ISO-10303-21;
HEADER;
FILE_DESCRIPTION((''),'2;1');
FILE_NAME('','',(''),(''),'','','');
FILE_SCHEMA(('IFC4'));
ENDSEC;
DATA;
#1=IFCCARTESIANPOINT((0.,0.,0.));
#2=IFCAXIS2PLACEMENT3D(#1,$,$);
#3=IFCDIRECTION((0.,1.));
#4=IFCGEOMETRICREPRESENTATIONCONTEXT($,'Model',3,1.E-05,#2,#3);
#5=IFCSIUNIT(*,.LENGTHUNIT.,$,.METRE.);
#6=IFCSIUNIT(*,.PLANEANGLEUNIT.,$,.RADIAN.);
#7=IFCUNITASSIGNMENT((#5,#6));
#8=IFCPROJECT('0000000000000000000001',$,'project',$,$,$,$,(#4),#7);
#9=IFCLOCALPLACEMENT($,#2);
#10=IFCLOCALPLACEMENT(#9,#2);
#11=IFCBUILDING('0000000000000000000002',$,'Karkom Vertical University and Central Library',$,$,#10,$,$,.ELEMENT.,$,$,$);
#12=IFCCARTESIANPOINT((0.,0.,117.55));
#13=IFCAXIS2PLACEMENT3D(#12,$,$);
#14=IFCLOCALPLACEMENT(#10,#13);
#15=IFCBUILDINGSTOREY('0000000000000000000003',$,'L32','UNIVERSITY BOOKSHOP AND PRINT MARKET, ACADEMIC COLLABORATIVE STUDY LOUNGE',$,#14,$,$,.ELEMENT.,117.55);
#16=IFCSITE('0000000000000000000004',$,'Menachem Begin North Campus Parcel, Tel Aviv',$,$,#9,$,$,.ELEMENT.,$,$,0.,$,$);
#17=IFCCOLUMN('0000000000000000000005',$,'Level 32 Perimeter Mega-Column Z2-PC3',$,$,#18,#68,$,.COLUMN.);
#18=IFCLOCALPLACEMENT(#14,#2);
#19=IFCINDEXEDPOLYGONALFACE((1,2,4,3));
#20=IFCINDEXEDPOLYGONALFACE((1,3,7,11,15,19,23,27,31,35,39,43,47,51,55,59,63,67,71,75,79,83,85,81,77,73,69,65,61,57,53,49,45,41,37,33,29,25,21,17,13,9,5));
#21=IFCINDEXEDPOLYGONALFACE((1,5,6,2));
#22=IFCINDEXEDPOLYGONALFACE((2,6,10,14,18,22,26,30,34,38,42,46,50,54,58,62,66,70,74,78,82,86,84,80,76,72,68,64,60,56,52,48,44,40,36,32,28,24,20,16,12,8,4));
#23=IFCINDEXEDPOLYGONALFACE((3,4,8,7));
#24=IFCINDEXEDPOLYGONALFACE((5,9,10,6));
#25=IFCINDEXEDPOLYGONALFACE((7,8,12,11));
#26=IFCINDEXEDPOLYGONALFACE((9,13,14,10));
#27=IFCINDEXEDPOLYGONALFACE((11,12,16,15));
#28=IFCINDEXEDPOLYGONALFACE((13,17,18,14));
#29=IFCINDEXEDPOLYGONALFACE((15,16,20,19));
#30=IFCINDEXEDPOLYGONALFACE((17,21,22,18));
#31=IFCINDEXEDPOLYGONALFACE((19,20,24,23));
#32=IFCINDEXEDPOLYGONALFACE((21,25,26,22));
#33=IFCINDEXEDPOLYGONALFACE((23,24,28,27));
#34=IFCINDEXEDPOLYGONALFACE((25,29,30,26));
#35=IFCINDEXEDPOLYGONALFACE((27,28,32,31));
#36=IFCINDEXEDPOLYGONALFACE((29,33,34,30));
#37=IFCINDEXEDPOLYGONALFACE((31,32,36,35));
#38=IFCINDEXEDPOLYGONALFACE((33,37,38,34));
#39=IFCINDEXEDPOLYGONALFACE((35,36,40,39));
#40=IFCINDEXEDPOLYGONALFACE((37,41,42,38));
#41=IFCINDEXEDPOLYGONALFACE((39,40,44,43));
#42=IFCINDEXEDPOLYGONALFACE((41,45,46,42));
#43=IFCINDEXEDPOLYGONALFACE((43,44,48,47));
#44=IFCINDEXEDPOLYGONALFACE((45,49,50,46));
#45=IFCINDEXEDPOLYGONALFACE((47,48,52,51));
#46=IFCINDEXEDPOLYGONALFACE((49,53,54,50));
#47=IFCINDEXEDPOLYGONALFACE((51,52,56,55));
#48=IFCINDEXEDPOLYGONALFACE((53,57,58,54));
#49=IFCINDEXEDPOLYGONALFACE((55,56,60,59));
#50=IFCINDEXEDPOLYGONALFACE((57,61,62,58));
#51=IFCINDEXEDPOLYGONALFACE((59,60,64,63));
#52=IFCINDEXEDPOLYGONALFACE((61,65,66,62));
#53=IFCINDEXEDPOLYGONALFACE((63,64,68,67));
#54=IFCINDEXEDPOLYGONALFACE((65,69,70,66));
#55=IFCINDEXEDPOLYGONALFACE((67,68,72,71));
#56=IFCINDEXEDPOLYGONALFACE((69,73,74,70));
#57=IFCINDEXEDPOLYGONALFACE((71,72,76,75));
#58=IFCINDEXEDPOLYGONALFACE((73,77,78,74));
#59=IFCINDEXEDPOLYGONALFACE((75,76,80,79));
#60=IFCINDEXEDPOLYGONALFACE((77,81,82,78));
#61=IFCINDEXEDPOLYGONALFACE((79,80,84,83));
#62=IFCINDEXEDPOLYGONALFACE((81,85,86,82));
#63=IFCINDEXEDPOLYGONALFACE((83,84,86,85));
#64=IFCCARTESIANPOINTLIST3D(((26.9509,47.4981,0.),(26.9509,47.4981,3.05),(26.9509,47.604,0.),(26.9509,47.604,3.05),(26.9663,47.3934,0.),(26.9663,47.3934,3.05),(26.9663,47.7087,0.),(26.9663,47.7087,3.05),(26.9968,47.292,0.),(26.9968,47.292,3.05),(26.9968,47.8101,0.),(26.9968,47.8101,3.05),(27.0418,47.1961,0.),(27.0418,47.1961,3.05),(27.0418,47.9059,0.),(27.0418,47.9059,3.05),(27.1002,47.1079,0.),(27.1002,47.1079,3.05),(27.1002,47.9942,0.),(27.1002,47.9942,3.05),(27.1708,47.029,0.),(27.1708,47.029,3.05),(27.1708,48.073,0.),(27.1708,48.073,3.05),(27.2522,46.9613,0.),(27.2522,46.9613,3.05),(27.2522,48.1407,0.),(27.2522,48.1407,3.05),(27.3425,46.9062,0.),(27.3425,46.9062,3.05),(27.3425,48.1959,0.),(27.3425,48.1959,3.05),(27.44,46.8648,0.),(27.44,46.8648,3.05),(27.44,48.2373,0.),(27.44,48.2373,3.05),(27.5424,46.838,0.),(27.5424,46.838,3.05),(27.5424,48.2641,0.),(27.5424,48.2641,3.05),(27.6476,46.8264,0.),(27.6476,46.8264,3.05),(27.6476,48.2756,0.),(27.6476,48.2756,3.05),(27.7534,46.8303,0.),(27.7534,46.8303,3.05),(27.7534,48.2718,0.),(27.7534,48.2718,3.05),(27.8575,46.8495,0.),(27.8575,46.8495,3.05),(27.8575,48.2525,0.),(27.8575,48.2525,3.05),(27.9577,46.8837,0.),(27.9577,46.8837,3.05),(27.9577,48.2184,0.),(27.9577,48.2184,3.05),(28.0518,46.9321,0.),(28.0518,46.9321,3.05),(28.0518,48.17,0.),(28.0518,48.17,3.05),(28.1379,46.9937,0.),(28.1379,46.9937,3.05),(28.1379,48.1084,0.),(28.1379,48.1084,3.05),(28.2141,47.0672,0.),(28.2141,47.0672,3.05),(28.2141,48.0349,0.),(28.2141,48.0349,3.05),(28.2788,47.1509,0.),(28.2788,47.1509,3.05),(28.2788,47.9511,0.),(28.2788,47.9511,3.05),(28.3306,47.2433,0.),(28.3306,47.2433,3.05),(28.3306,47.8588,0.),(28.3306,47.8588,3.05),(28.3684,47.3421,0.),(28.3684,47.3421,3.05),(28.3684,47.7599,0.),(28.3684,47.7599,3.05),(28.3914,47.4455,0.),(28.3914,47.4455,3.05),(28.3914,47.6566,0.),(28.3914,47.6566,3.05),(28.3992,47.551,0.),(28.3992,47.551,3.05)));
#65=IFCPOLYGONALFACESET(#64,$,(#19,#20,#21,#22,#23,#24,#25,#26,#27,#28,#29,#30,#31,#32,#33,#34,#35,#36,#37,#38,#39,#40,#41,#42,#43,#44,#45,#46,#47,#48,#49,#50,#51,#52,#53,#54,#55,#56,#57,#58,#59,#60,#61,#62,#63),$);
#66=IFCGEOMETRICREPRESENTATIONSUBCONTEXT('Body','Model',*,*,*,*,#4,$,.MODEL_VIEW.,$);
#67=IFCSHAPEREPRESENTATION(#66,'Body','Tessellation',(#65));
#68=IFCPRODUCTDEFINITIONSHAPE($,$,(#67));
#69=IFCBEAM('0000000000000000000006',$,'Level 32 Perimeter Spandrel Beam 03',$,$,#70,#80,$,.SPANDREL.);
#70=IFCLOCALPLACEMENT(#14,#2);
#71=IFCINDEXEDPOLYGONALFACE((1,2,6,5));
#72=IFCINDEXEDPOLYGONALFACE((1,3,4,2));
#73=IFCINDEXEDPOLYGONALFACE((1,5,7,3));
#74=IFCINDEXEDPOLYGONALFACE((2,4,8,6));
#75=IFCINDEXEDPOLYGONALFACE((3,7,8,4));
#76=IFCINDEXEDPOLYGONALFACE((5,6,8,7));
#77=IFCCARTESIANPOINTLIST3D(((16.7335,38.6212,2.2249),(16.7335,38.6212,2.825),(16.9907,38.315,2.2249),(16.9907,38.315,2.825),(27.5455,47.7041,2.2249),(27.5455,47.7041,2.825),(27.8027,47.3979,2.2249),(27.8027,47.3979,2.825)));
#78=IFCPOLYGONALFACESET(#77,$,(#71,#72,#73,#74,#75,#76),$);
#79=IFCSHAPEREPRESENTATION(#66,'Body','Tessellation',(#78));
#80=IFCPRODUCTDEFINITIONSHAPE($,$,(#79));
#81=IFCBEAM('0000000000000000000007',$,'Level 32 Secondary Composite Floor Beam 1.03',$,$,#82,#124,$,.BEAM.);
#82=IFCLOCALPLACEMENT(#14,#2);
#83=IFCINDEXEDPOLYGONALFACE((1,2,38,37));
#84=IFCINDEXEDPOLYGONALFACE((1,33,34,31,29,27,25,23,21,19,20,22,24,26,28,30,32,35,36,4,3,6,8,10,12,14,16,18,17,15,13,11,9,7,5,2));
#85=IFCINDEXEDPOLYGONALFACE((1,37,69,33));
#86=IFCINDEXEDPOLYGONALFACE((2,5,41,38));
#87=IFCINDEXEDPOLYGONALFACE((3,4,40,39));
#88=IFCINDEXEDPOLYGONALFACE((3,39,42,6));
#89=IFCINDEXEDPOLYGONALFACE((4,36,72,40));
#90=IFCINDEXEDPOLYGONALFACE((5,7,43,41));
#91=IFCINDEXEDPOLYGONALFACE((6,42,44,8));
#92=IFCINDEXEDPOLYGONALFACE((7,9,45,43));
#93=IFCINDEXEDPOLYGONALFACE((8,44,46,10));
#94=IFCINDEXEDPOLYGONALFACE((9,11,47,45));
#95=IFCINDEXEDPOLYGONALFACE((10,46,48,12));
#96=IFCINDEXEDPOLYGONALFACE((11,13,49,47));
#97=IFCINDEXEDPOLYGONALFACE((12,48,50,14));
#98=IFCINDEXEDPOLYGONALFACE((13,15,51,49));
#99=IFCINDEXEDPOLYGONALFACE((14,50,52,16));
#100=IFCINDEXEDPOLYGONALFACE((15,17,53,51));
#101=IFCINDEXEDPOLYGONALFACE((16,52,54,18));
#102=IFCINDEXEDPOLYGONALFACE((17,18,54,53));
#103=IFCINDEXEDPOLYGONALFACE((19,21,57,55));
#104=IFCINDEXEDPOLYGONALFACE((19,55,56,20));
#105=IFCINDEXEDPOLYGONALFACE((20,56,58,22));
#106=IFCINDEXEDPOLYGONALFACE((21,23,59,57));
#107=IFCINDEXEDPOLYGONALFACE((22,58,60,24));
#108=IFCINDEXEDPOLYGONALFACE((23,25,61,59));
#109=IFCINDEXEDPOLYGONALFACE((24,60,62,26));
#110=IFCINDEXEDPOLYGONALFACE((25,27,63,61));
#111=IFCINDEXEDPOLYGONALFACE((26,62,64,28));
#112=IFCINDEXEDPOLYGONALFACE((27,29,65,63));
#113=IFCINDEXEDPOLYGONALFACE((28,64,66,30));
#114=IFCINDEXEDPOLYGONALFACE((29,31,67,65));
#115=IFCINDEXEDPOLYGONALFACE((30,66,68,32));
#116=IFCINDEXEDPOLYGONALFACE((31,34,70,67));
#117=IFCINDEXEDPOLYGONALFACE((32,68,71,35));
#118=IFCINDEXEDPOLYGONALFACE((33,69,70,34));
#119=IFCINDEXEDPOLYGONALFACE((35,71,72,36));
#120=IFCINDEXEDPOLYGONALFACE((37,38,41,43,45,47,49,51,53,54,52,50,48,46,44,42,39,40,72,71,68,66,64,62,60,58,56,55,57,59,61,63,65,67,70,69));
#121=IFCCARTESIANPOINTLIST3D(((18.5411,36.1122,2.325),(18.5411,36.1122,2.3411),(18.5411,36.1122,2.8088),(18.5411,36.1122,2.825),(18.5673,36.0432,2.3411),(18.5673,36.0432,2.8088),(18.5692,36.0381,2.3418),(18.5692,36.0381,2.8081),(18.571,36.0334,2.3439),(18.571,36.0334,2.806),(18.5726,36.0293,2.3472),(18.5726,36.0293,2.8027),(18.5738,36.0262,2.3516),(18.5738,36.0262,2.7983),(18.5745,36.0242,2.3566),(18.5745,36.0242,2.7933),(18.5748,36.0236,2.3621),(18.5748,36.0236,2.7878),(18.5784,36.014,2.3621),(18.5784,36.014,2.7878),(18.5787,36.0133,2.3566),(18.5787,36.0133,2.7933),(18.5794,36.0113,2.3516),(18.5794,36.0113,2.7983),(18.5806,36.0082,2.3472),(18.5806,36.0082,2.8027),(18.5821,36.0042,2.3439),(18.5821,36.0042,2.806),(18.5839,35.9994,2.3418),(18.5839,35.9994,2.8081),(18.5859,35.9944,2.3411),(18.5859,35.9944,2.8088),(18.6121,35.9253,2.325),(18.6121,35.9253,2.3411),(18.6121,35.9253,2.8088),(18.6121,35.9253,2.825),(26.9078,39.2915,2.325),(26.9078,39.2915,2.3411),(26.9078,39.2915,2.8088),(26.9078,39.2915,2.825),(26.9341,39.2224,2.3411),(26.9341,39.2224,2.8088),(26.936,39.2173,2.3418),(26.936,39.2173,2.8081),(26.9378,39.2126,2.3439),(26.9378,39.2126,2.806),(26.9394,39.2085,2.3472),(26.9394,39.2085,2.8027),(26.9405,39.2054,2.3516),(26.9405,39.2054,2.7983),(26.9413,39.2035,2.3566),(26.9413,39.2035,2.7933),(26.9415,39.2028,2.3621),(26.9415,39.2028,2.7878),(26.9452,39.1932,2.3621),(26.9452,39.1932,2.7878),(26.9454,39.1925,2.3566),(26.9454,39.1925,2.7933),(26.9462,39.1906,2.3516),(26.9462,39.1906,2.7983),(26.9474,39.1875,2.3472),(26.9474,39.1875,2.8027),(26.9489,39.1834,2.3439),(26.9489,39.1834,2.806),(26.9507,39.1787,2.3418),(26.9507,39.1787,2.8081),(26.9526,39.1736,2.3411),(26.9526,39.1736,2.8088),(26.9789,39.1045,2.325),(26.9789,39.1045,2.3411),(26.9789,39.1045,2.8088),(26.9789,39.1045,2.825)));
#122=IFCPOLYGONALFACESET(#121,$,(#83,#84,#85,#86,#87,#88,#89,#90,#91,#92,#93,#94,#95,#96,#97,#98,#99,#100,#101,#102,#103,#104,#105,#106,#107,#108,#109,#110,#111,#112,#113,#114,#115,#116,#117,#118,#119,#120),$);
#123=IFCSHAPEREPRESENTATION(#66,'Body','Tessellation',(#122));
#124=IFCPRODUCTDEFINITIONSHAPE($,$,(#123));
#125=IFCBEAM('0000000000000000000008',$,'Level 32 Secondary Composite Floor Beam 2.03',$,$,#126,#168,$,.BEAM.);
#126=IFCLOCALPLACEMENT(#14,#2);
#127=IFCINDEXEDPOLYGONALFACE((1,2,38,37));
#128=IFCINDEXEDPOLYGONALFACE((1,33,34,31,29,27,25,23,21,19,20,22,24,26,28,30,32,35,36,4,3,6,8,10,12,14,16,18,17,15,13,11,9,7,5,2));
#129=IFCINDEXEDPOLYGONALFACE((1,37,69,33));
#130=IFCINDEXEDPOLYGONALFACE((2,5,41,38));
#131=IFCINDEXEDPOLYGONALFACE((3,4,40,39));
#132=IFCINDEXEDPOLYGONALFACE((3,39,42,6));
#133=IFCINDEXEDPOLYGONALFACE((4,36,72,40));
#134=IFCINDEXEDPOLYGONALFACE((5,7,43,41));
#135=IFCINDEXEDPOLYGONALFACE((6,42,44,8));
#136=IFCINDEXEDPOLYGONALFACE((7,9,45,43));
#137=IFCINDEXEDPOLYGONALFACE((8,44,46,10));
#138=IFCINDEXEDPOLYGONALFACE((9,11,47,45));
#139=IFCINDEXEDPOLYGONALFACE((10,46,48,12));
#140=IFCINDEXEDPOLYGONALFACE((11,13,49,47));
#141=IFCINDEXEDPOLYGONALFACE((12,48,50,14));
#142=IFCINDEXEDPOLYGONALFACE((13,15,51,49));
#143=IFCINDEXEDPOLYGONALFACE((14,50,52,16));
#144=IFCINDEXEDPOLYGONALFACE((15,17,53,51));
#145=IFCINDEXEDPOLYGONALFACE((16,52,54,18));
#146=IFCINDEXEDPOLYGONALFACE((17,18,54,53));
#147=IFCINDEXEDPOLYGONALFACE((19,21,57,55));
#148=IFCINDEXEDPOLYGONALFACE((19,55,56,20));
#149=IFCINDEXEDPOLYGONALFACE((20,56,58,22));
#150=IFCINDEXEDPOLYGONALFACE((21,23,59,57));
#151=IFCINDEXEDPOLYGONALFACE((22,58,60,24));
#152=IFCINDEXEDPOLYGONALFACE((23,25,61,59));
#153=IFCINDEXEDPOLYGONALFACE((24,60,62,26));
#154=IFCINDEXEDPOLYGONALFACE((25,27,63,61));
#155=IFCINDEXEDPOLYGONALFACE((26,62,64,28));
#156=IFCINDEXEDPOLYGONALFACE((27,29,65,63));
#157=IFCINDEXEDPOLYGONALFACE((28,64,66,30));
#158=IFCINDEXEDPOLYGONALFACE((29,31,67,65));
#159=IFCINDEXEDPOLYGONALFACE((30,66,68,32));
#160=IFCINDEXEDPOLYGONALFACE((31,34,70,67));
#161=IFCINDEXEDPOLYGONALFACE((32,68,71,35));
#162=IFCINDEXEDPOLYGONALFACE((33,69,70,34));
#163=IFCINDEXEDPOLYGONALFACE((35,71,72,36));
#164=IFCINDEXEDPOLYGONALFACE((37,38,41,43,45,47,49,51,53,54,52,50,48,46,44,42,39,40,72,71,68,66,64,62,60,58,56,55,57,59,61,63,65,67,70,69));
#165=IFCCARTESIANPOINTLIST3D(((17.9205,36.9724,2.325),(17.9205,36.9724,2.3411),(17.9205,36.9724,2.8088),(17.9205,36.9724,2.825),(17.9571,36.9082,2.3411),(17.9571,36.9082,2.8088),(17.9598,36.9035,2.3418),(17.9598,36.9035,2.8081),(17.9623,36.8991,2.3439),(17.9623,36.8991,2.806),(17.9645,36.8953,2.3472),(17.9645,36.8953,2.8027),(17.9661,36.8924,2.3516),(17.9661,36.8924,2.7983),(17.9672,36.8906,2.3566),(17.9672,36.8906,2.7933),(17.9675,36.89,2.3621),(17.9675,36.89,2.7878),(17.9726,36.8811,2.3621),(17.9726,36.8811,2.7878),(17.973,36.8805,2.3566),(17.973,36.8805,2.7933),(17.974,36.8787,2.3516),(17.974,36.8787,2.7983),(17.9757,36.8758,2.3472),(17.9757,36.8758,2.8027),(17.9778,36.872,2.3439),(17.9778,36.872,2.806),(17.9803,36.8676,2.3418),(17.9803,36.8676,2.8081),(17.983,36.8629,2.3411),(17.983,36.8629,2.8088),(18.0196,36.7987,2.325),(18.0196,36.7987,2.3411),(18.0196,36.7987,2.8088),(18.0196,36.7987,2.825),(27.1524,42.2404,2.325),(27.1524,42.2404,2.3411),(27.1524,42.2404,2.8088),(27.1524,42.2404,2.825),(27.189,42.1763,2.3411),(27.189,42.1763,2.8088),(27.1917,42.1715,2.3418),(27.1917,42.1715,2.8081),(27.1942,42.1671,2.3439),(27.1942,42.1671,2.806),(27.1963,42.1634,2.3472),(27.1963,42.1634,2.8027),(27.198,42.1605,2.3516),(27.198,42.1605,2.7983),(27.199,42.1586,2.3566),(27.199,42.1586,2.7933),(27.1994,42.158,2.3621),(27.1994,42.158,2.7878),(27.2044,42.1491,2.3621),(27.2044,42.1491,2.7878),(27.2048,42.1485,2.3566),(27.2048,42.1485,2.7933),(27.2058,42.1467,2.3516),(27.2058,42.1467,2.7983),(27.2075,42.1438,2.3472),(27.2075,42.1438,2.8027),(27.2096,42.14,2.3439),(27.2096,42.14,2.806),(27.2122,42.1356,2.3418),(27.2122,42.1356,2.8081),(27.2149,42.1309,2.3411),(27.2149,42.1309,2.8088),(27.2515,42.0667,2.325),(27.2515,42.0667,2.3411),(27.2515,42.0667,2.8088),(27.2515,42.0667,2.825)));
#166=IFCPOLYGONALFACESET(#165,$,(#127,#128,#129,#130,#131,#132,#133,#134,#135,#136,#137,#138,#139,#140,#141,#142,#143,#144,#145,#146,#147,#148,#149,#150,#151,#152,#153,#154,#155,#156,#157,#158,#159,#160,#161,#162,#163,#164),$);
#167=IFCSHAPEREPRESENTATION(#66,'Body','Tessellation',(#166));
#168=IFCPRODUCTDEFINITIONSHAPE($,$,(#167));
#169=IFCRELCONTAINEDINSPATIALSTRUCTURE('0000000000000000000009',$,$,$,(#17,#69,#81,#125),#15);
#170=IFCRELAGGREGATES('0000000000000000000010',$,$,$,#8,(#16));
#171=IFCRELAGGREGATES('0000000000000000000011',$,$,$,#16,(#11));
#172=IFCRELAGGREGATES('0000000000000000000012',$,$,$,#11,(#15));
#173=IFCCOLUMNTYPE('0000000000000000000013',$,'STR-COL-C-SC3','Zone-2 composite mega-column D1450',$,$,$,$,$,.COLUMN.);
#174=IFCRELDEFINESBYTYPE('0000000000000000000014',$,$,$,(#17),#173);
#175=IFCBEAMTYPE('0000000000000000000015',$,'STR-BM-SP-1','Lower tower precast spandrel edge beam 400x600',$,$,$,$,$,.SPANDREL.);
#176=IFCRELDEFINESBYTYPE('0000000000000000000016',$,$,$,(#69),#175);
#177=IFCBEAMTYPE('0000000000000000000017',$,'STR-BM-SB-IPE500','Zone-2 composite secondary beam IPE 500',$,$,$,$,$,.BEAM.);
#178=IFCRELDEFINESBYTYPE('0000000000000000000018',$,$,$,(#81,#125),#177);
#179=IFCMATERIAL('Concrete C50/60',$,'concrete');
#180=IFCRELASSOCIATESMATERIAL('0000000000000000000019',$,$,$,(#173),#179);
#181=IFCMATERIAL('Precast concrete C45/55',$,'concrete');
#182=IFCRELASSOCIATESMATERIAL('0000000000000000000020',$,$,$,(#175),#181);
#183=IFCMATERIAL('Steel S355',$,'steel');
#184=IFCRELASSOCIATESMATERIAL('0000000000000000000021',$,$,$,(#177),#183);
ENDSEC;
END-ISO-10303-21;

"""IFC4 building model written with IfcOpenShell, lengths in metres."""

from ifc_helpers import new_model, si_unit, direction, frame, origin, origin_with_axes, origin_2d, place, context, subcontext, project, spatial, rectangle, circle, i_section, extrude, source, transform, mapped, material, material_profile, profile_set, type_object, element, save


model = new_model("IFC4")

# Units and contexts
model_context = context("Model", 3, precision=1e-05, world=origin(), true_north=direction((0.0, 1.0)))
body_context = subcontext(model_context, "Body", "Model", "MODEL_VIEW")
ifc_project = project(units=[si_unit("LENGTHUNIT", "METRE"), si_unit("PLANEANGLEUNIT", "RADIAN")], contexts=[model_context])

# Site, building, storey
site_placement = place(None, origin())
site = spatial("IfcSite", under=ifc_project, at=site_placement, Name="Menachem Begin North Campus Parcel, Tel Aviv", CompositionType="ELEMENT", RefElevation=0.0)
building_placement = place(site_placement, origin())
building = spatial("IfcBuilding", under=site, at=building_placement, Name="Karkom Vertical University and Central Library", CompositionType="ELEMENT")
storey_placement = place(building_placement, frame((0.0, 0.0, 117.55)))
storey = spatial("IfcBuildingStorey", under=building, at=storey_placement, Name="L32", Description="UNIVERSITY BOOKSHOP AND PRINT MARKET, ACADEMIC COLLABORATIVE STUDY LOUNGE", CompositionType="ELEMENT", Elevation=117.55)

# Column
ifc_material_1 = material(Name="Concrete C50/60", Category="concrete")
ifc_material_profile_1 = material_profile(ifc_material_1, circle(Radius=0.7251, at=origin_2d()), Name="CFT-D1450")
ifc_profile_set_1 = profile_set([ifc_material_profile_1], Name="Concrete C50/60")
column_type = type_object("IfcColumnType", Name="STR-COL-C-SC3", Description="Zone-2 composite mega-column D1450", PredefinedType="COLUMN", material=ifc_profile_set_1)
shared_shape_1 = source(origin_with_axes(), body_context, "Body", "SweptSolid", [
    extrude(circle(Radius=0.7251, at=origin_2d()), origin(), (0.0, 0.0, 1.0), 3.05),
])
column_placement = place(storey_placement, frame((27.6741, 47.551, 0.0), z_axis=(0.0, 0.0, 1.0), x_axis=(1.0, 0.0, 0.0)))
element("IfcColumn", 1, at=column_placement, inside=storey, type_object=column_type, Name="Level 32 Perimeter Mega-Column Z2-PC3", PredefinedType="COLUMN", context=body_context, shape_type="MappedRepresentation", body=[
    mapped(shared_shape_1, transform((0.0, 0.0, 0.0), scale=1.0)),
])

# Beams
ifc_material_2 = material(Name="Precast concrete C45/55", Category="concrete")
ifc_material_profile_2 = material_profile(ifc_material_2, rectangle(XDim=0.3999, YDim=0.6001, at=origin_2d()), Name="SPB-400x600")
ifc_profile_set_2 = profile_set([ifc_material_profile_2], Name="Precast concrete C45/55")
beam_type_1 = type_object("IfcBeamType", Name="STR-BM-SP-1", Description="Lower tower precast spandrel edge beam 400x600", PredefinedType="SPANDREL", material=ifc_profile_set_2)
shared_shape_2 = source(origin_with_axes(), body_context, "Body", "SweptSolid", [
    extrude(rectangle(XDim=0.3999, YDim=0.6001, at=origin_2d()), origin(), (0.0, 0.0, 1.0), 14.1208),
])
beam_1_placement = place(storey_placement, frame((27.6741, 47.551, 2.5249), z_axis=(-0.765673, -0.64323, 0.0), x_axis=(0.64323, -0.765673, 0.0)))
element("IfcBeam", 2, at=beam_1_placement, inside=storey, type_object=beam_type_1, Name="Level 32 Perimeter Spandrel Beam 03", PredefinedType="SPANDREL", context=body_context, shape_type="MappedRepresentation", body=[
    mapped(shared_shape_2, transform((0.0, 0.0, 0.0), scale=1.0)),
])
ifc_material_3 = material(Name="Steel S355", Category="steel")
ifc_material_profile_3 = material_profile(ifc_material_3, i_section(OverallWidth=0.2, OverallDepth=0.5, WebThickness=0.0103, FlangeThickness=0.0161, FilletRadius=0.021, at=origin_2d()), Name="IPE 500")
ifc_profile_set_3 = profile_set([ifc_material_profile_3], Name="Steel S355")
beam_type_2 = type_object("IfcBeamType", Name="STR-BM-SB-IPE500", Description="Zone-2 composite secondary beam IPE 500", PredefinedType="BEAM", material=ifc_profile_set_3)
shared_shape_3 = source(origin_with_axes(), body_context, "Body", "SweptSolid", [
    extrude(i_section(OverallWidth=0.2, OverallDepth=0.5, WebThickness=0.0103, FlangeThickness=0.0161, FilletRadius=0.021, at=origin_2d()), origin(), (0.0, 0.0, 1.0), 8.9504),
])
beam_2_placement = place(storey_placement, frame((26.9434, 39.198, 2.575), z_axis=(-0.934789, -0.355203, 0.0), x_axis=(0.355203, -0.934789, 0.0)))
element("IfcBeam", 3, at=beam_2_placement, inside=storey, type_object=beam_type_2, Name="Level 32 Secondary Composite Floor Beam 1.03", PredefinedType="BEAM", context=body_context, shape_type="MappedRepresentation", body=[
    mapped(shared_shape_3, transform((0.0, 0.0, 0.0), scale=1.0)),
])
shared_shape_4 = source(origin_with_axes(), body_context, "Body", "SweptSolid", [
    extrude(i_section(OverallWidth=0.2, OverallDepth=0.5, WebThickness=0.0103, FlangeThickness=0.0161, FilletRadius=0.021, at=origin_2d()), origin(), (0.0, 0.0, 1.0), 10.6292),
])
beam_3_placement = place(storey_placement, frame((27.2019, 42.1536, 2.575), z_axis=(-0.86854, -0.495619, 0.0), x_axis=(0.495619, -0.86854, 0.0)))
element("IfcBeam", 4, at=beam_3_placement, inside=storey, type_object=beam_type_2, Name="Level 32 Secondary Composite Floor Beam 2.03", PredefinedType="BEAM", context=body_context, shape_type="MappedRepresentation", body=[
    mapped(shared_shape_4, transform((0.0, 0.0, 0.0), scale=1.0)),
])

save(model, "model.ifc")
